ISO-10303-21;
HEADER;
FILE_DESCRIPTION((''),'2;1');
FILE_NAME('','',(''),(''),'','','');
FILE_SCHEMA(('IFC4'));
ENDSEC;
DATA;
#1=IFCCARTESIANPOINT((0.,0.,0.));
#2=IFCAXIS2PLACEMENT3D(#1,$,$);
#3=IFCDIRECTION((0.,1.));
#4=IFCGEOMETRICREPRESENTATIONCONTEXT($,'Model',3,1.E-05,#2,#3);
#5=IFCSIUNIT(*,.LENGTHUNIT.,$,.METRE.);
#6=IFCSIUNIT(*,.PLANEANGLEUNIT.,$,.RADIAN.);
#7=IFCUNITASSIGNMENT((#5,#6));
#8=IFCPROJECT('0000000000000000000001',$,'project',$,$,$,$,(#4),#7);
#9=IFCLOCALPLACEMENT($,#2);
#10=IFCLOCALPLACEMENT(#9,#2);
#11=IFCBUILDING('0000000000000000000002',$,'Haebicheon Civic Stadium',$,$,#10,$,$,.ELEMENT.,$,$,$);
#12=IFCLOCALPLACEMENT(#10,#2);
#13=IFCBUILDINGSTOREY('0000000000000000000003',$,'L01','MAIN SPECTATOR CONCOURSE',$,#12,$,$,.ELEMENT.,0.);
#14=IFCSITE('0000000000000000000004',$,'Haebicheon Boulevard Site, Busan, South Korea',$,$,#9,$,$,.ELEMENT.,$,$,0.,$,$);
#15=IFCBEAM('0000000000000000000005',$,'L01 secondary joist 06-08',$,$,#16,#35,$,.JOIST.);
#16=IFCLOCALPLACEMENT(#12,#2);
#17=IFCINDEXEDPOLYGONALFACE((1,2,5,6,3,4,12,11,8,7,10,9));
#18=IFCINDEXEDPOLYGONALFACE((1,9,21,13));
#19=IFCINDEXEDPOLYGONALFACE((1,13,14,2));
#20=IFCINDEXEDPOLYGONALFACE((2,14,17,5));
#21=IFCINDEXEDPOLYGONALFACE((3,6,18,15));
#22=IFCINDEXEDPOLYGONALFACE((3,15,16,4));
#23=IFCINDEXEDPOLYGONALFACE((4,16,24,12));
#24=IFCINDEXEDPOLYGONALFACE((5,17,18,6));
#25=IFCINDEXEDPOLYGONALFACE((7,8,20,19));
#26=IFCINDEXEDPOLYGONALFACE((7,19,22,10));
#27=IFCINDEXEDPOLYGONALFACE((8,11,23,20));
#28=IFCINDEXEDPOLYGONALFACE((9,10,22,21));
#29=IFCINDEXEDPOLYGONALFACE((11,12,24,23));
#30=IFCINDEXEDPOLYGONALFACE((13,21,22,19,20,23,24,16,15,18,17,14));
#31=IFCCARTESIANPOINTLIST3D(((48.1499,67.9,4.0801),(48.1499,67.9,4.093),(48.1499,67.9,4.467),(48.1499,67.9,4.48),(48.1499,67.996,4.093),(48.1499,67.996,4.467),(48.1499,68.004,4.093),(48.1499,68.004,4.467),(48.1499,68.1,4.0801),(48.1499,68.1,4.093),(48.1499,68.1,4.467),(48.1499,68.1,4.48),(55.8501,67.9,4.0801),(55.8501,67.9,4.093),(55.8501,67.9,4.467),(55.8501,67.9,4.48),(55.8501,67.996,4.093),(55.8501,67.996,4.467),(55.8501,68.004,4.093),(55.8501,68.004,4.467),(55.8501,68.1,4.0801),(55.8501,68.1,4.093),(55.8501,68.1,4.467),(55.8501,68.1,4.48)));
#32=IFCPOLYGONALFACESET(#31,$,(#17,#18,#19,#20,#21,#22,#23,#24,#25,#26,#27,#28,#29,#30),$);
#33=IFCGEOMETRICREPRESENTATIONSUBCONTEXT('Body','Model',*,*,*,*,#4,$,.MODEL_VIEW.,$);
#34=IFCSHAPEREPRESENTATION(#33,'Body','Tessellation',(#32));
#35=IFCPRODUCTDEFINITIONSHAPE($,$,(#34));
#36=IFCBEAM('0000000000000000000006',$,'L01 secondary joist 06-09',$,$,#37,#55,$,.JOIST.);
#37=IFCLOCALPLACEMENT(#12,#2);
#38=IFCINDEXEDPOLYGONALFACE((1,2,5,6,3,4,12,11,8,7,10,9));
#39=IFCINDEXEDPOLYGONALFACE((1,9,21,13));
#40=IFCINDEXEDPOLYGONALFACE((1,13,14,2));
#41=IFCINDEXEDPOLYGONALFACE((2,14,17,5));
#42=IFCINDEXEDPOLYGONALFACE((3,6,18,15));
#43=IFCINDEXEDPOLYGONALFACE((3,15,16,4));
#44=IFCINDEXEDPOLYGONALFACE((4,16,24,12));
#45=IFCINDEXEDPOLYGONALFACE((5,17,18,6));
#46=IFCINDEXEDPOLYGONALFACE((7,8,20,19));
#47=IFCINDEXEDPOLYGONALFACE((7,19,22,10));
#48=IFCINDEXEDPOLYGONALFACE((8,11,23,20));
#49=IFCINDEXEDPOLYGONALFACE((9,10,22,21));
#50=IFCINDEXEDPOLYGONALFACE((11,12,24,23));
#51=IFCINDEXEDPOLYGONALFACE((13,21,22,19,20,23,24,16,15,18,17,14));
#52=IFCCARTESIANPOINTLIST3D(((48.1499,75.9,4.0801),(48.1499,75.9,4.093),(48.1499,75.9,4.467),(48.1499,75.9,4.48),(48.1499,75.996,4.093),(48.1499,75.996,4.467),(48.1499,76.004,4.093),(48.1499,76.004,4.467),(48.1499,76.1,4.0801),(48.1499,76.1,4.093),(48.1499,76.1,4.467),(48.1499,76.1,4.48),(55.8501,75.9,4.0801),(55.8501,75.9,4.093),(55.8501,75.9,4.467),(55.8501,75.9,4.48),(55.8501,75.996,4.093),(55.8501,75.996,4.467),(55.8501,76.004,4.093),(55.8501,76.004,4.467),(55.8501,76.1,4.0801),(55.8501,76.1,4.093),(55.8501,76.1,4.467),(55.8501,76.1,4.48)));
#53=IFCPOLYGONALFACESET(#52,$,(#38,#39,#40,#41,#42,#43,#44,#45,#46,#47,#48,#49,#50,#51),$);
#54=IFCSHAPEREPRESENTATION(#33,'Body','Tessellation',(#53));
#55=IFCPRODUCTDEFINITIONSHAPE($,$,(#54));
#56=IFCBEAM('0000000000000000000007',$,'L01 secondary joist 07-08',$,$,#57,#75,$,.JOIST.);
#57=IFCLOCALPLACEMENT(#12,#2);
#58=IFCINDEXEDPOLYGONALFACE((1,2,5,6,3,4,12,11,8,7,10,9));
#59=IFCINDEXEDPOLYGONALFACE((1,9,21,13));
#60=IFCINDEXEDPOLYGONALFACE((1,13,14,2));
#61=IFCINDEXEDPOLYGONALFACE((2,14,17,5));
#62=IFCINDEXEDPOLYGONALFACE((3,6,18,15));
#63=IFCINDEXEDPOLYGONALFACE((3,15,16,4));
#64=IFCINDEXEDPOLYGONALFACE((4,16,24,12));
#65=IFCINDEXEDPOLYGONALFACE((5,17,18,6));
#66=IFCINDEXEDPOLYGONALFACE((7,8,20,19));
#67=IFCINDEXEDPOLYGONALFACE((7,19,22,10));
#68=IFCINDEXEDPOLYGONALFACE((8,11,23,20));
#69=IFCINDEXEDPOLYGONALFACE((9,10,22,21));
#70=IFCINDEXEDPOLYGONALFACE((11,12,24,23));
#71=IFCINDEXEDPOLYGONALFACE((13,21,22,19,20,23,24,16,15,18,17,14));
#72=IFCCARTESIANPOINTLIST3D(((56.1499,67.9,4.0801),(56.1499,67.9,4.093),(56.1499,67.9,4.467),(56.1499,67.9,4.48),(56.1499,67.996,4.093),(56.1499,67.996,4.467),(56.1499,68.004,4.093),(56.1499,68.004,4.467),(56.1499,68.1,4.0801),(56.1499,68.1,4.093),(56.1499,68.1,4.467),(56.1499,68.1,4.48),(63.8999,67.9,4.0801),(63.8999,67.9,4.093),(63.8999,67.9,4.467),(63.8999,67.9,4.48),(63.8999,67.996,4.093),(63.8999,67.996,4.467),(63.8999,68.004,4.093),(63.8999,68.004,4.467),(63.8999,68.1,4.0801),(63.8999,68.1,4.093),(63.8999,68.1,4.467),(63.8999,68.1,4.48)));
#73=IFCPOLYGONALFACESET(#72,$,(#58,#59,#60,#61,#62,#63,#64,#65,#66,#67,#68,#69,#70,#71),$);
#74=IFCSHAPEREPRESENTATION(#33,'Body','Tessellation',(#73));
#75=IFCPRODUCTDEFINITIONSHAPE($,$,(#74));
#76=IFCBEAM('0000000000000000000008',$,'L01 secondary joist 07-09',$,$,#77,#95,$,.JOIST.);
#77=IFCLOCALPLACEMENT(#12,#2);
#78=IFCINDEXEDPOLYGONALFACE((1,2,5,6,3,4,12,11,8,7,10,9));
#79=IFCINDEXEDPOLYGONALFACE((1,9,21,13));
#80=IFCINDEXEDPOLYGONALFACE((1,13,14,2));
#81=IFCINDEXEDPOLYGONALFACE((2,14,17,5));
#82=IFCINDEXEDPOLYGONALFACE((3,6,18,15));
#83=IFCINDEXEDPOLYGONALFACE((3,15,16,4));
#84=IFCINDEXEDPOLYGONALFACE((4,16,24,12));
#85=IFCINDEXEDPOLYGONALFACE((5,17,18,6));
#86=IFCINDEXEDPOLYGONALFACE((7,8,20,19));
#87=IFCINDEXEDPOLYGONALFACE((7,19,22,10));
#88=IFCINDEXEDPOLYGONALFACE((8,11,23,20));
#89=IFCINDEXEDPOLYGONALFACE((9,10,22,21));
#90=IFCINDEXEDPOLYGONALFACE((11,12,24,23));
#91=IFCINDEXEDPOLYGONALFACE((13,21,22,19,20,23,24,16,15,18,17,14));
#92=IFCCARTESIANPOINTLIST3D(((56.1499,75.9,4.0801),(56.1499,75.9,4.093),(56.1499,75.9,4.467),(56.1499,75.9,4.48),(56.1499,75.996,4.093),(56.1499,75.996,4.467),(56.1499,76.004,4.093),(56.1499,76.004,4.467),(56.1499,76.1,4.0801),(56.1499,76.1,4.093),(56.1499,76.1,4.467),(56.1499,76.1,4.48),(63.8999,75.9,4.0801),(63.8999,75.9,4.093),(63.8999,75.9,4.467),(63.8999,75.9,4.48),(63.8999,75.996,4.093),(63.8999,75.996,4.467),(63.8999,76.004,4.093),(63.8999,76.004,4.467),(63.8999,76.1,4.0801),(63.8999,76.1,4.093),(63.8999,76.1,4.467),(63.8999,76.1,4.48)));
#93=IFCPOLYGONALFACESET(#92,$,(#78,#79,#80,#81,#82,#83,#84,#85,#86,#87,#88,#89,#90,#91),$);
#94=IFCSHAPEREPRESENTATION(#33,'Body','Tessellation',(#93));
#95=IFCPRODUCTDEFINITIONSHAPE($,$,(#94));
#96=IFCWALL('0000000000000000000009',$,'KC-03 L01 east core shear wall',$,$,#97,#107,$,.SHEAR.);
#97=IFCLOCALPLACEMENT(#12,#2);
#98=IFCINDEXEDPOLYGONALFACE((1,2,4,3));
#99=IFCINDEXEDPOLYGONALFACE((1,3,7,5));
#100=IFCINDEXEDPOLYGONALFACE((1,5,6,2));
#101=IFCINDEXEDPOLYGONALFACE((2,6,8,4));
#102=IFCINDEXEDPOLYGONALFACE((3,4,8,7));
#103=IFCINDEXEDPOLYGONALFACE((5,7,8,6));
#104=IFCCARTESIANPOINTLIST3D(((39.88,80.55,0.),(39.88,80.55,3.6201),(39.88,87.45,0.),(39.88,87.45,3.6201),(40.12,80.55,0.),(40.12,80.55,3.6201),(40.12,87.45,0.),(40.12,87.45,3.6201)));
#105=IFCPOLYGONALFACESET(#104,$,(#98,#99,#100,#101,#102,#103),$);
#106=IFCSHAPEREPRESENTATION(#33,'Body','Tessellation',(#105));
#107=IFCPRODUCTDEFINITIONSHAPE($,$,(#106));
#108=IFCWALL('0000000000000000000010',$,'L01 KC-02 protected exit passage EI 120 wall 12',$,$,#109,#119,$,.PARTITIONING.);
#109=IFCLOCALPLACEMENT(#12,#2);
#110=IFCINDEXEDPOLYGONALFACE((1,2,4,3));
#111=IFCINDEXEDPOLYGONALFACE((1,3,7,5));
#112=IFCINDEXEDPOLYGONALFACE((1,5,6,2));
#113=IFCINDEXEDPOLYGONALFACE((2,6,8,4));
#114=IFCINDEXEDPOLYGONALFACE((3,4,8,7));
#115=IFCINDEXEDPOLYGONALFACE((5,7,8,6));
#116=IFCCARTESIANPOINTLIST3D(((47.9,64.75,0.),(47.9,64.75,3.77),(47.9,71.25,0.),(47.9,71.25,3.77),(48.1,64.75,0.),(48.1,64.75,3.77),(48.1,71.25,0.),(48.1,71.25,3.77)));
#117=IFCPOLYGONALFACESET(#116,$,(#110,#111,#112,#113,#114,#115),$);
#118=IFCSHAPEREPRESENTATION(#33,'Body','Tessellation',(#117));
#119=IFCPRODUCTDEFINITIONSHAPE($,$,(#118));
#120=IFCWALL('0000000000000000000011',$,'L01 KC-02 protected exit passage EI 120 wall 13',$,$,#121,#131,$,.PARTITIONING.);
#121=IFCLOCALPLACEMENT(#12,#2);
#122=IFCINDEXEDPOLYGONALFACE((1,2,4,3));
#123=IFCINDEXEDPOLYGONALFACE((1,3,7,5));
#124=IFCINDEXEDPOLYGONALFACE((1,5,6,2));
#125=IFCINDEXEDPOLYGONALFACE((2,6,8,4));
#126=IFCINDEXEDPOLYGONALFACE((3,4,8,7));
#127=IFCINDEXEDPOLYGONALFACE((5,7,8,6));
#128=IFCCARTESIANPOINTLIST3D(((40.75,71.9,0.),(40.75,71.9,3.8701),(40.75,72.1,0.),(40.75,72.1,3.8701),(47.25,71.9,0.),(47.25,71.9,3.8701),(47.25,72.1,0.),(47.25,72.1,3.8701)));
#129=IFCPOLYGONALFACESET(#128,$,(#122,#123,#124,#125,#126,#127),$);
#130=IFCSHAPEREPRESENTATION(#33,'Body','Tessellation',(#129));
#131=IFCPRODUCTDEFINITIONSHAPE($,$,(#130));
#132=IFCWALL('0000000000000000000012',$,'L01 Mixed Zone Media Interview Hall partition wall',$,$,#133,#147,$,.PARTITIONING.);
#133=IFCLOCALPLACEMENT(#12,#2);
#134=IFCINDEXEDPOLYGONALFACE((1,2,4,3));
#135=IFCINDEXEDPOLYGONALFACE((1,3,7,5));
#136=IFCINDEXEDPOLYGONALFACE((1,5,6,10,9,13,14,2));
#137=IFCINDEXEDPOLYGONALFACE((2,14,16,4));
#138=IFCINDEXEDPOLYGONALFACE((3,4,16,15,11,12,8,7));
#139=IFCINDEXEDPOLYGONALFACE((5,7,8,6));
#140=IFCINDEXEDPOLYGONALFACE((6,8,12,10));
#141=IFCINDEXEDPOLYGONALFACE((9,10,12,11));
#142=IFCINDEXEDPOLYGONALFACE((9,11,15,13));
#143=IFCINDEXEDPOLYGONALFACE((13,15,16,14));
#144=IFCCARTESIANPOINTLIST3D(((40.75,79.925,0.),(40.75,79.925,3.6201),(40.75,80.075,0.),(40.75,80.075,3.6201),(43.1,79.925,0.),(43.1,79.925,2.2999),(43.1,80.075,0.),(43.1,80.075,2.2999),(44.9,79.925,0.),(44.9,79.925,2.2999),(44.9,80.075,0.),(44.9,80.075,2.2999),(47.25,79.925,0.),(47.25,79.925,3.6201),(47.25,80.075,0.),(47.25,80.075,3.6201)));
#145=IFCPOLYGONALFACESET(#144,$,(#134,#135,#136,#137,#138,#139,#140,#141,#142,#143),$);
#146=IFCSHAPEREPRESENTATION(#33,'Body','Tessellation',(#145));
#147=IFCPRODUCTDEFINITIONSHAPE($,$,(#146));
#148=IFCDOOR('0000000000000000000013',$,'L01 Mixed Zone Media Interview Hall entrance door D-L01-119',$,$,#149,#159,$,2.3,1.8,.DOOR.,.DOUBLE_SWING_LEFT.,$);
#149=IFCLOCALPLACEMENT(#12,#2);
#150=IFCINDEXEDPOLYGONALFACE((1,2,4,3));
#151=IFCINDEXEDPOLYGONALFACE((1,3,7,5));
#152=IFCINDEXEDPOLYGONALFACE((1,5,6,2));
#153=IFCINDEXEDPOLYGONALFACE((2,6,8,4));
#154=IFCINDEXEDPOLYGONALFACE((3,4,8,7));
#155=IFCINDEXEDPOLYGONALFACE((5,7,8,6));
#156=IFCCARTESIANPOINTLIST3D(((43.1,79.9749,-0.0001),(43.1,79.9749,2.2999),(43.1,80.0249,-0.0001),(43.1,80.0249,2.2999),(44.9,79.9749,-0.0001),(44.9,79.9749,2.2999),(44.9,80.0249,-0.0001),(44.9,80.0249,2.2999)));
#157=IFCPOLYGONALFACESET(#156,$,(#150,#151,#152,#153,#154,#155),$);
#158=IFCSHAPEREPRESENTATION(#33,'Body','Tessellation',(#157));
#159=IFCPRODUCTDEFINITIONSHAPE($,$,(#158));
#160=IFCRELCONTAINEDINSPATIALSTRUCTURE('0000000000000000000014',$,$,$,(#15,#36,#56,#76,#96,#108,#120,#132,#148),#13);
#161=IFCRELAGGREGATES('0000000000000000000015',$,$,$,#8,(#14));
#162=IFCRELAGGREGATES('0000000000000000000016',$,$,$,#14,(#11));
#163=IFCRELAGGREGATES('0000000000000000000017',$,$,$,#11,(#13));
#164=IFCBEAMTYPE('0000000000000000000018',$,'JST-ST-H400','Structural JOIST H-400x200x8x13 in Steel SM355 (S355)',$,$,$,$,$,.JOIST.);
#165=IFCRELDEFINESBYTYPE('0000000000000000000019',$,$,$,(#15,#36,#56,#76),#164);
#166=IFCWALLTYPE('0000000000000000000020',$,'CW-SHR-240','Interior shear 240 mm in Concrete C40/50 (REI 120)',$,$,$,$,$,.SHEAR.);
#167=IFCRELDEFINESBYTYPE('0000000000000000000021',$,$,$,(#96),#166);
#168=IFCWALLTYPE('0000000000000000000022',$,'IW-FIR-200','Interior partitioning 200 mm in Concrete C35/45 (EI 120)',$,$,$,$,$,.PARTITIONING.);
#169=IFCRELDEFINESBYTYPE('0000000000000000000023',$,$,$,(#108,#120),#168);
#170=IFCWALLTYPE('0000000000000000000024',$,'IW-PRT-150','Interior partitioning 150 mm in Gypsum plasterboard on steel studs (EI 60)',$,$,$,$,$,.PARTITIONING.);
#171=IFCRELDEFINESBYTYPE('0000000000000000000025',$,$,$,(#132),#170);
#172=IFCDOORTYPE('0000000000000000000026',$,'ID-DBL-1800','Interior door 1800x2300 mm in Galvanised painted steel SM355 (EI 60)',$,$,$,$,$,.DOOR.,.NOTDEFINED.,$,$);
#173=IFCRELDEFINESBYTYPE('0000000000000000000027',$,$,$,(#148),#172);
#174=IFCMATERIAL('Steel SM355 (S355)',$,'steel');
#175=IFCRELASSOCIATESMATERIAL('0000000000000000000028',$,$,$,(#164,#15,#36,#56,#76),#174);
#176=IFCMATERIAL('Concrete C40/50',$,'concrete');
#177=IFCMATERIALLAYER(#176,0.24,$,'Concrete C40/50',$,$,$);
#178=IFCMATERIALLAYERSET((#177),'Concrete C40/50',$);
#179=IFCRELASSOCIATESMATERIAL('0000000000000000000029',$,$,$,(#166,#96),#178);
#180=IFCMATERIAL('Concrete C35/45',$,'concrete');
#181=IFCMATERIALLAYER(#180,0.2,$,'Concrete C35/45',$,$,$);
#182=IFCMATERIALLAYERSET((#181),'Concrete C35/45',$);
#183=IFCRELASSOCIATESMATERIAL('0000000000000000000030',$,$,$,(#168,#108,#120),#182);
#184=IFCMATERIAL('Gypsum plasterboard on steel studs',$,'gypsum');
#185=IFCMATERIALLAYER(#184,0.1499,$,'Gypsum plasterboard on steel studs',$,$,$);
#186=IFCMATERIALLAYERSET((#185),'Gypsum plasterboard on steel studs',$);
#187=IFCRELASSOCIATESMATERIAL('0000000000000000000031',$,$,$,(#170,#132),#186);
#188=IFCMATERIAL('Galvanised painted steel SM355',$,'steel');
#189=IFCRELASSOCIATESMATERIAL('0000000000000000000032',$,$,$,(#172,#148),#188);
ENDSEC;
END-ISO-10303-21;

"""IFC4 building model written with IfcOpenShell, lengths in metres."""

from ifc_helpers import new_model, si_unit, direction, frame, frame_2d, origin, origin_2d, place, context, subcontext, project, spatial, rectangle, i_section, extrude, material, layer, layer_set, material_profile, profile_set, type_object, element, fill, save


model = new_model("IFC4")

# Units and contexts
model_context = context("Model", 3, precision=1e-05, world=origin(), true_north=direction((0.0, 1.0)))
body_context = subcontext(model_context, "Body", "Model", "MODEL_VIEW")
ifc_project = project(units=[si_unit("LENGTHUNIT", "METRE"), si_unit("PLANEANGLEUNIT", "RADIAN")], contexts=[model_context])

# Site, building, storey
site_placement = place(None, origin())
site = spatial("IfcSite", under=ifc_project, at=site_placement, Name="Haebicheon Boulevard Site, Busan, South Korea", CompositionType="ELEMENT", RefElevation=0.0)
building_placement = place(site_placement, origin())
building = spatial("IfcBuilding", under=site, at=building_placement, Name="Haebicheon Civic Stadium", CompositionType="ELEMENT")
storey_placement = place(building_placement, origin())
storey = spatial("IfcBuildingStorey", under=building, at=storey_placement, Name="L01", Description="MAIN SPECTATOR CONCOURSE", CompositionType="ELEMENT", Elevation=0.0)

# Beams
ifc_material_1 = material(Name="Steel SM355 (S355)", Category="steel")
ifc_material_profile_1 = material_profile(ifc_material_1, i_section(OverallWidth=0.2, OverallDepth=0.3999, WebThickness=0.0081, FlangeThickness=0.0129, at=origin_2d()), Name="H-400x200x8x13")
ifc_profile_set_1 = profile_set([ifc_material_profile_1], Name="Steel SM355 (S355)")
beam_type_1 = type_object("IfcBeamType", Name="JST-ST-H400", Description="Structural JOIST H-400x200x8x13 in Steel SM355 (S355)", PredefinedType="JOIST", material=ifc_profile_set_1)
for number, where, z_axis, x_axis, name in (
    (1, (48.1499, 68.0, 4.28), (1.0, 0.0, 0.0), (0.0, 1.0, 0.0), "L01 secondary joist 06-08"),
    (2, (48.1499, 76.0, 4.28), (1.0, 0.0, 0.0), (0.0, 1.0, 0.0), "L01 secondary joist 06-09"),
):
    element("IfcBeam", number, at=place(storey_placement, frame(where, z_axis=z_axis, x_axis=x_axis)), inside=storey, type_object=beam_type_1, material=ifc_profile_set_1, Name=name, PredefinedType="JOIST", context=body_context, shape_type="SweptSolid", body=[
        extrude(i_section(OverallWidth=0.2, OverallDepth=0.3999, WebThickness=0.0081, FlangeThickness=0.0129, at=origin_2d()), origin(), (0.0, 0.0, 1.0), 7.7002),
    ])
for number, where, z_axis, x_axis, name in (
    (3, (56.1499, 68.0, 4.28), (1.0, 0.0, 0.0), (0.0, 1.0, 0.0), "L01 secondary joist 07-08"),
    (4, (56.1499, 76.0, 4.28), (1.0, 0.0, 0.0), (0.0, 1.0, 0.0), "L01 secondary joist 07-09"),
):
    element("IfcBeam", number, at=place(storey_placement, frame(where, z_axis=z_axis, x_axis=x_axis)), inside=storey, type_object=beam_type_1, material=ifc_profile_set_1, Name=name, PredefinedType="JOIST", context=body_context, shape_type="SweptSolid", body=[
        extrude(i_section(OverallWidth=0.2, OverallDepth=0.3999, WebThickness=0.0081, FlangeThickness=0.0129, at=origin_2d()), origin(), (0.0, 0.0, 1.0), 7.75),
    ])

# Walls
ifc_material_2 = material(Name="Concrete C40/50", Category="concrete")
ifc_layer_1 = layer(ifc_material_2, 0.24, Name="Concrete C40/50")
ifc_layer_set_1 = layer_set([ifc_layer_1], Name="Concrete C40/50")
wall_type_1 = type_object("IfcWallType", Name="CW-SHR-240", Description="Interior shear 240 mm in Concrete C40/50 (REI 120)", PredefinedType="SHEAR", material=ifc_layer_set_1)
wall_1_placement = place(storey_placement, frame((40.0, 80.55, 0.0), z_axis=(0.0, 0.0, 1.0), x_axis=(0.0, 1.0, 0.0)))
element("IfcWall", 5, at=wall_1_placement, inside=storey, type_object=wall_type_1, material=ifc_layer_set_1, Name="KC-03 L01 east core shear wall", PredefinedType="SHEAR", context=body_context, shape_type="SweptSolid", body=[
    extrude(rectangle(XDim=6.8999, YDim=0.24, at=frame_2d((3.45, 0.0))), origin(), (0.0, 0.0, 1.0), 3.6201),
])
ifc_material_3 = material(Name="Concrete C35/45", Category="concrete")
ifc_layer_2 = layer(ifc_material_3, 0.2, Name="Concrete C35/45")
ifc_layer_set_2 = layer_set([ifc_layer_2], Name="Concrete C35/45")
wall_type_2 = type_object("IfcWallType", Name="IW-FIR-200", Description="Interior partitioning 200 mm in Concrete C35/45 (EI 120)", PredefinedType="PARTITIONING", material=ifc_layer_set_2)
wall_2_placement = place(storey_placement, frame((48.0, 64.75, 0.0), z_axis=(0.0, 0.0, 1.0), x_axis=(0.0, 1.0, 0.0)))
element("IfcWall", 6, at=wall_2_placement, inside=storey, type_object=wall_type_2, material=ifc_layer_set_2, Name="L01 KC-02 protected exit passage EI 120 wall 12", PredefinedType="PARTITIONING", context=body_context, shape_type="SweptSolid", body=[
    extrude(rectangle(XDim=6.5, YDim=0.2, at=frame_2d((3.25, 0.0))), origin(), (0.0, 0.0, 1.0), 3.77),
])
wall_3_placement = place(storey_placement, frame((40.75, 72.0, 0.0), z_axis=(0.0, 0.0, 1.0), x_axis=(1.0, 0.0, 0.0)))
element("IfcWall", 7, at=wall_3_placement, inside=storey, type_object=wall_type_2, material=ifc_layer_set_2, Name="L01 KC-02 protected exit passage EI 120 wall 13", PredefinedType="PARTITIONING", context=body_context, shape_type="SweptSolid", body=[
    extrude(rectangle(XDim=6.5, YDim=0.2, at=frame_2d((3.25, 0.0))), origin(), (0.0, 0.0, 1.0), 3.8701),
])

# Wall, opening, door
ifc_material_4 = material(Name="Gypsum plasterboard on steel studs", Category="gypsum")
ifc_layer_3 = layer(ifc_material_4, 0.1499, Name="Gypsum plasterboard on steel studs")
ifc_layer_set_3 = layer_set([ifc_layer_3], Name="Gypsum plasterboard on steel studs")
wall_type_3 = type_object("IfcWallType", Name="IW-PRT-150", Description="Interior partitioning 150 mm in Gypsum plasterboard on steel studs (EI 60)", PredefinedType="PARTITIONING", material=ifc_layer_set_3)
wall_4_placement = place(storey_placement, frame((40.75, 80.0, 0.0), z_axis=(0.0, 0.0, 1.0), x_axis=(1.0, 0.0, 0.0)))
wall_4 = element("IfcWall", 8, at=wall_4_placement, inside=storey, type_object=wall_type_3, material=ifc_layer_set_3, Name="L01 Mixed Zone Media Interview Hall partition wall", PredefinedType="PARTITIONING", context=body_context, shape_type="SweptSolid", body=[
    extrude(rectangle(XDim=6.5, YDim=0.1499, at=frame_2d((3.25, 0.0))), origin(), (0.0, 0.0, 1.0), 3.6201),
])
opening_1_placement = place(wall_4_placement, frame((2.3501, 0.0, 0.0)))
opening_1 = element("IfcOpeningElement", 9, at=opening_1_placement, cuts=wall_4, PredefinedType="OPENING", context=body_context, shape_type="SweptSolid", body=[
    extrude(rectangle(XDim=1.8, YDim=2.3, at=frame_2d((0.8999, 1.1499))), frame((0.0, 0.085, 0.0), z_axis=(0.0, -1.0, 0.0), x_axis=(1.0, 0.0, 0.0)), (0.0, 0.0, 1.0), 0.1699),
])
ifc_material_5 = material(Name="Galvanised painted steel SM355", Category="steel")
door_type = type_object("IfcDoorType", Name="ID-DBL-1800", Description="Interior door 1800x2300 mm in Galvanised painted steel SM355 (EI 60)", OperationType="NOTDEFINED", PredefinedType="DOOR", material=ifc_material_5)
door_1_placement = place(opening_1_placement, origin())
door_1 = element("IfcDoor", 10, at=door_1_placement, inside=storey, type_object=door_type, material=ifc_material_5, Name="L01 Mixed Zone Media Interview Hall entrance door D-L01-119", OperationType="DOUBLE_SWING_LEFT", OverallHeight=2.3, OverallWidth=1.8, PredefinedType="DOOR", context=body_context, shape_type="SweptSolid", body=[
    extrude(rectangle(XDim=1.8, YDim=2.3, at=frame_2d((0.8999, 1.1499))), frame((0.0, 0.0249, 0.0), z_axis=(0.0, -1.0, 0.0), x_axis=(1.0, 0.0, 0.0)), (0.0, 0.0, 1.0), 0.05),
])
fill(opening_1, door_1)

save(model, "model.ifc")
